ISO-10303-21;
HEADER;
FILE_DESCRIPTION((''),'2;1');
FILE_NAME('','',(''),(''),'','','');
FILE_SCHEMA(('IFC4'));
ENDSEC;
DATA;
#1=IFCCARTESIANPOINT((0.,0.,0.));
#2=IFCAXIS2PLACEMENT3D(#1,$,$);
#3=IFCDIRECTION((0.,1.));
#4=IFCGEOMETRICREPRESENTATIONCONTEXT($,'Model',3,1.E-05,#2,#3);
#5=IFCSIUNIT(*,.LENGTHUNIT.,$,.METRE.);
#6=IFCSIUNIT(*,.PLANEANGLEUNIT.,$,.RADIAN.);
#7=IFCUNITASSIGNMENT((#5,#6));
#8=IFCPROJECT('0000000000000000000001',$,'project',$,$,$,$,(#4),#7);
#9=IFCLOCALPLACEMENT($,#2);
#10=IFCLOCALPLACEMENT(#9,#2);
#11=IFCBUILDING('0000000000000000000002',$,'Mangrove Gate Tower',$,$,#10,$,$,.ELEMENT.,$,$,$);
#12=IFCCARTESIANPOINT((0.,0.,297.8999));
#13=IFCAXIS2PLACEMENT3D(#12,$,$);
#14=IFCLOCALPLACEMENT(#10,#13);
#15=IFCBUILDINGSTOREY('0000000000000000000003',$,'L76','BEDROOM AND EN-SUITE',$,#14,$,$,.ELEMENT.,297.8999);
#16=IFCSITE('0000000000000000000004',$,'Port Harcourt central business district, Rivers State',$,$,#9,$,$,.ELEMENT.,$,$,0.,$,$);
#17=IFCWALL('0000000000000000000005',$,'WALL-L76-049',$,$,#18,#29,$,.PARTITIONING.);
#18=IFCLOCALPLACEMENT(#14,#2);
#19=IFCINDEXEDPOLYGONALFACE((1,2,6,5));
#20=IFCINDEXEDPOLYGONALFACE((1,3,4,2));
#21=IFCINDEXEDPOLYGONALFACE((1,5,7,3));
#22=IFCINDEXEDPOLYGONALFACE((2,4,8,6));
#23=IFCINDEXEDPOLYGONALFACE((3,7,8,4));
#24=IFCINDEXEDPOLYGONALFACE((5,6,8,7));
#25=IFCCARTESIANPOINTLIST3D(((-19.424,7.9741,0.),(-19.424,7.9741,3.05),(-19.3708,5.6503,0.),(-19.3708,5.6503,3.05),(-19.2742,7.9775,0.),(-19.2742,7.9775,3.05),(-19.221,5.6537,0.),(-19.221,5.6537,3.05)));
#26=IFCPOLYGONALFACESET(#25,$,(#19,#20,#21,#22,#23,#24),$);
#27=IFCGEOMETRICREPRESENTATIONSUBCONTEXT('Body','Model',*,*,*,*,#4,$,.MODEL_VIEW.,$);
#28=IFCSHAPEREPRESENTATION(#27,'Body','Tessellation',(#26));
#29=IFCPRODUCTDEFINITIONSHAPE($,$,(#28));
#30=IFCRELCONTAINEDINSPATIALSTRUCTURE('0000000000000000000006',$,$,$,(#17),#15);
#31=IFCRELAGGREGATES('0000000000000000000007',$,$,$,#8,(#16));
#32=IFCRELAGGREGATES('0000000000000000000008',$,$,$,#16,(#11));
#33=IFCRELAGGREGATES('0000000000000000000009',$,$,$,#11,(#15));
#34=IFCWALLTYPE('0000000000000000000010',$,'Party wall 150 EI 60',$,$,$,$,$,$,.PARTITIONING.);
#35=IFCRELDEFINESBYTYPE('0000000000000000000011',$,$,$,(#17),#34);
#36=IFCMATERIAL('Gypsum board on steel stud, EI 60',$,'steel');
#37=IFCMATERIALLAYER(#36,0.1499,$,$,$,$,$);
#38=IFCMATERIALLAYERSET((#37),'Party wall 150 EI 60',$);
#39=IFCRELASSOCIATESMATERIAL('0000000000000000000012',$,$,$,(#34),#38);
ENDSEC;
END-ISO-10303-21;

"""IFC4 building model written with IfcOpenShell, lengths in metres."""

from ifc_helpers import new_model, si_unit, direction, frame, frame_2d, origin, place, context, subcontext, project, spatial, rectangle, extrude, material, layer, layer_set, type_object, element, save


model = new_model("IFC4")

# Units and contexts
model_context = context("Model", 3, precision=1e-05, world=origin(), true_north=direction((0.0, 1.0)))
body_context = subcontext(model_context, "Body", "Model", "MODEL_VIEW")
ifc_project = project(units=[si_unit("LENGTHUNIT", "METRE"), si_unit("PLANEANGLEUNIT", "RADIAN")], contexts=[model_context])

# Site, building, storey
site_placement = place(None, origin())
site = spatial("IfcSite", under=ifc_project, at=site_placement, Name="Port Harcourt central business district, Rivers State", CompositionType="ELEMENT", RefElevation=0.0)
building_placement = place(site_placement, origin())
building = spatial("IfcBuilding", under=site, at=building_placement, Name="Mangrove Gate Tower", CompositionType="ELEMENT")
storey_placement = place(building_placement, frame((0.0, 0.0, 297.8999)))
storey = spatial("IfcBuildingStorey", under=building, at=storey_placement, Name="L76", Description="BEDROOM AND EN-SUITE", CompositionType="ELEMENT", Elevation=297.8999)

# Wall
ifc_material_1 = material(Name="Gypsum board on steel stud, EI 60", Category="steel")
ifc_layer_1 = layer(ifc_material_1, 0.1499)
ifc_layer_set_1 = layer_set([ifc_layer_1], Name="Party wall 150 EI 60")
wall_type_1 = type_object("IfcWallType", Name="Party wall 150 EI 60", PredefinedType="PARTITIONING", material=ifc_layer_set_1)
wall_1_placement = place(storey_placement, frame((-19.2959, 5.6521, 0.0), z_axis=(0.0, 0.0, 1.0), x_axis=(-0.022896, 0.999738, 0.0)))
element("IfcWall", 1, at=wall_1_placement, inside=storey, type_object=wall_type_1, Name="WALL-L76-049", PredefinedType="PARTITIONING", context=body_context, shape_type="SweptSolid", body=[
    extrude(rectangle(XDim=2.3245, YDim=0.1499, at=frame_2d((1.1621, 0.0))), origin(), (0.0, 0.0, 1.0), 3.05),
])

save(model, "model.ifc")
